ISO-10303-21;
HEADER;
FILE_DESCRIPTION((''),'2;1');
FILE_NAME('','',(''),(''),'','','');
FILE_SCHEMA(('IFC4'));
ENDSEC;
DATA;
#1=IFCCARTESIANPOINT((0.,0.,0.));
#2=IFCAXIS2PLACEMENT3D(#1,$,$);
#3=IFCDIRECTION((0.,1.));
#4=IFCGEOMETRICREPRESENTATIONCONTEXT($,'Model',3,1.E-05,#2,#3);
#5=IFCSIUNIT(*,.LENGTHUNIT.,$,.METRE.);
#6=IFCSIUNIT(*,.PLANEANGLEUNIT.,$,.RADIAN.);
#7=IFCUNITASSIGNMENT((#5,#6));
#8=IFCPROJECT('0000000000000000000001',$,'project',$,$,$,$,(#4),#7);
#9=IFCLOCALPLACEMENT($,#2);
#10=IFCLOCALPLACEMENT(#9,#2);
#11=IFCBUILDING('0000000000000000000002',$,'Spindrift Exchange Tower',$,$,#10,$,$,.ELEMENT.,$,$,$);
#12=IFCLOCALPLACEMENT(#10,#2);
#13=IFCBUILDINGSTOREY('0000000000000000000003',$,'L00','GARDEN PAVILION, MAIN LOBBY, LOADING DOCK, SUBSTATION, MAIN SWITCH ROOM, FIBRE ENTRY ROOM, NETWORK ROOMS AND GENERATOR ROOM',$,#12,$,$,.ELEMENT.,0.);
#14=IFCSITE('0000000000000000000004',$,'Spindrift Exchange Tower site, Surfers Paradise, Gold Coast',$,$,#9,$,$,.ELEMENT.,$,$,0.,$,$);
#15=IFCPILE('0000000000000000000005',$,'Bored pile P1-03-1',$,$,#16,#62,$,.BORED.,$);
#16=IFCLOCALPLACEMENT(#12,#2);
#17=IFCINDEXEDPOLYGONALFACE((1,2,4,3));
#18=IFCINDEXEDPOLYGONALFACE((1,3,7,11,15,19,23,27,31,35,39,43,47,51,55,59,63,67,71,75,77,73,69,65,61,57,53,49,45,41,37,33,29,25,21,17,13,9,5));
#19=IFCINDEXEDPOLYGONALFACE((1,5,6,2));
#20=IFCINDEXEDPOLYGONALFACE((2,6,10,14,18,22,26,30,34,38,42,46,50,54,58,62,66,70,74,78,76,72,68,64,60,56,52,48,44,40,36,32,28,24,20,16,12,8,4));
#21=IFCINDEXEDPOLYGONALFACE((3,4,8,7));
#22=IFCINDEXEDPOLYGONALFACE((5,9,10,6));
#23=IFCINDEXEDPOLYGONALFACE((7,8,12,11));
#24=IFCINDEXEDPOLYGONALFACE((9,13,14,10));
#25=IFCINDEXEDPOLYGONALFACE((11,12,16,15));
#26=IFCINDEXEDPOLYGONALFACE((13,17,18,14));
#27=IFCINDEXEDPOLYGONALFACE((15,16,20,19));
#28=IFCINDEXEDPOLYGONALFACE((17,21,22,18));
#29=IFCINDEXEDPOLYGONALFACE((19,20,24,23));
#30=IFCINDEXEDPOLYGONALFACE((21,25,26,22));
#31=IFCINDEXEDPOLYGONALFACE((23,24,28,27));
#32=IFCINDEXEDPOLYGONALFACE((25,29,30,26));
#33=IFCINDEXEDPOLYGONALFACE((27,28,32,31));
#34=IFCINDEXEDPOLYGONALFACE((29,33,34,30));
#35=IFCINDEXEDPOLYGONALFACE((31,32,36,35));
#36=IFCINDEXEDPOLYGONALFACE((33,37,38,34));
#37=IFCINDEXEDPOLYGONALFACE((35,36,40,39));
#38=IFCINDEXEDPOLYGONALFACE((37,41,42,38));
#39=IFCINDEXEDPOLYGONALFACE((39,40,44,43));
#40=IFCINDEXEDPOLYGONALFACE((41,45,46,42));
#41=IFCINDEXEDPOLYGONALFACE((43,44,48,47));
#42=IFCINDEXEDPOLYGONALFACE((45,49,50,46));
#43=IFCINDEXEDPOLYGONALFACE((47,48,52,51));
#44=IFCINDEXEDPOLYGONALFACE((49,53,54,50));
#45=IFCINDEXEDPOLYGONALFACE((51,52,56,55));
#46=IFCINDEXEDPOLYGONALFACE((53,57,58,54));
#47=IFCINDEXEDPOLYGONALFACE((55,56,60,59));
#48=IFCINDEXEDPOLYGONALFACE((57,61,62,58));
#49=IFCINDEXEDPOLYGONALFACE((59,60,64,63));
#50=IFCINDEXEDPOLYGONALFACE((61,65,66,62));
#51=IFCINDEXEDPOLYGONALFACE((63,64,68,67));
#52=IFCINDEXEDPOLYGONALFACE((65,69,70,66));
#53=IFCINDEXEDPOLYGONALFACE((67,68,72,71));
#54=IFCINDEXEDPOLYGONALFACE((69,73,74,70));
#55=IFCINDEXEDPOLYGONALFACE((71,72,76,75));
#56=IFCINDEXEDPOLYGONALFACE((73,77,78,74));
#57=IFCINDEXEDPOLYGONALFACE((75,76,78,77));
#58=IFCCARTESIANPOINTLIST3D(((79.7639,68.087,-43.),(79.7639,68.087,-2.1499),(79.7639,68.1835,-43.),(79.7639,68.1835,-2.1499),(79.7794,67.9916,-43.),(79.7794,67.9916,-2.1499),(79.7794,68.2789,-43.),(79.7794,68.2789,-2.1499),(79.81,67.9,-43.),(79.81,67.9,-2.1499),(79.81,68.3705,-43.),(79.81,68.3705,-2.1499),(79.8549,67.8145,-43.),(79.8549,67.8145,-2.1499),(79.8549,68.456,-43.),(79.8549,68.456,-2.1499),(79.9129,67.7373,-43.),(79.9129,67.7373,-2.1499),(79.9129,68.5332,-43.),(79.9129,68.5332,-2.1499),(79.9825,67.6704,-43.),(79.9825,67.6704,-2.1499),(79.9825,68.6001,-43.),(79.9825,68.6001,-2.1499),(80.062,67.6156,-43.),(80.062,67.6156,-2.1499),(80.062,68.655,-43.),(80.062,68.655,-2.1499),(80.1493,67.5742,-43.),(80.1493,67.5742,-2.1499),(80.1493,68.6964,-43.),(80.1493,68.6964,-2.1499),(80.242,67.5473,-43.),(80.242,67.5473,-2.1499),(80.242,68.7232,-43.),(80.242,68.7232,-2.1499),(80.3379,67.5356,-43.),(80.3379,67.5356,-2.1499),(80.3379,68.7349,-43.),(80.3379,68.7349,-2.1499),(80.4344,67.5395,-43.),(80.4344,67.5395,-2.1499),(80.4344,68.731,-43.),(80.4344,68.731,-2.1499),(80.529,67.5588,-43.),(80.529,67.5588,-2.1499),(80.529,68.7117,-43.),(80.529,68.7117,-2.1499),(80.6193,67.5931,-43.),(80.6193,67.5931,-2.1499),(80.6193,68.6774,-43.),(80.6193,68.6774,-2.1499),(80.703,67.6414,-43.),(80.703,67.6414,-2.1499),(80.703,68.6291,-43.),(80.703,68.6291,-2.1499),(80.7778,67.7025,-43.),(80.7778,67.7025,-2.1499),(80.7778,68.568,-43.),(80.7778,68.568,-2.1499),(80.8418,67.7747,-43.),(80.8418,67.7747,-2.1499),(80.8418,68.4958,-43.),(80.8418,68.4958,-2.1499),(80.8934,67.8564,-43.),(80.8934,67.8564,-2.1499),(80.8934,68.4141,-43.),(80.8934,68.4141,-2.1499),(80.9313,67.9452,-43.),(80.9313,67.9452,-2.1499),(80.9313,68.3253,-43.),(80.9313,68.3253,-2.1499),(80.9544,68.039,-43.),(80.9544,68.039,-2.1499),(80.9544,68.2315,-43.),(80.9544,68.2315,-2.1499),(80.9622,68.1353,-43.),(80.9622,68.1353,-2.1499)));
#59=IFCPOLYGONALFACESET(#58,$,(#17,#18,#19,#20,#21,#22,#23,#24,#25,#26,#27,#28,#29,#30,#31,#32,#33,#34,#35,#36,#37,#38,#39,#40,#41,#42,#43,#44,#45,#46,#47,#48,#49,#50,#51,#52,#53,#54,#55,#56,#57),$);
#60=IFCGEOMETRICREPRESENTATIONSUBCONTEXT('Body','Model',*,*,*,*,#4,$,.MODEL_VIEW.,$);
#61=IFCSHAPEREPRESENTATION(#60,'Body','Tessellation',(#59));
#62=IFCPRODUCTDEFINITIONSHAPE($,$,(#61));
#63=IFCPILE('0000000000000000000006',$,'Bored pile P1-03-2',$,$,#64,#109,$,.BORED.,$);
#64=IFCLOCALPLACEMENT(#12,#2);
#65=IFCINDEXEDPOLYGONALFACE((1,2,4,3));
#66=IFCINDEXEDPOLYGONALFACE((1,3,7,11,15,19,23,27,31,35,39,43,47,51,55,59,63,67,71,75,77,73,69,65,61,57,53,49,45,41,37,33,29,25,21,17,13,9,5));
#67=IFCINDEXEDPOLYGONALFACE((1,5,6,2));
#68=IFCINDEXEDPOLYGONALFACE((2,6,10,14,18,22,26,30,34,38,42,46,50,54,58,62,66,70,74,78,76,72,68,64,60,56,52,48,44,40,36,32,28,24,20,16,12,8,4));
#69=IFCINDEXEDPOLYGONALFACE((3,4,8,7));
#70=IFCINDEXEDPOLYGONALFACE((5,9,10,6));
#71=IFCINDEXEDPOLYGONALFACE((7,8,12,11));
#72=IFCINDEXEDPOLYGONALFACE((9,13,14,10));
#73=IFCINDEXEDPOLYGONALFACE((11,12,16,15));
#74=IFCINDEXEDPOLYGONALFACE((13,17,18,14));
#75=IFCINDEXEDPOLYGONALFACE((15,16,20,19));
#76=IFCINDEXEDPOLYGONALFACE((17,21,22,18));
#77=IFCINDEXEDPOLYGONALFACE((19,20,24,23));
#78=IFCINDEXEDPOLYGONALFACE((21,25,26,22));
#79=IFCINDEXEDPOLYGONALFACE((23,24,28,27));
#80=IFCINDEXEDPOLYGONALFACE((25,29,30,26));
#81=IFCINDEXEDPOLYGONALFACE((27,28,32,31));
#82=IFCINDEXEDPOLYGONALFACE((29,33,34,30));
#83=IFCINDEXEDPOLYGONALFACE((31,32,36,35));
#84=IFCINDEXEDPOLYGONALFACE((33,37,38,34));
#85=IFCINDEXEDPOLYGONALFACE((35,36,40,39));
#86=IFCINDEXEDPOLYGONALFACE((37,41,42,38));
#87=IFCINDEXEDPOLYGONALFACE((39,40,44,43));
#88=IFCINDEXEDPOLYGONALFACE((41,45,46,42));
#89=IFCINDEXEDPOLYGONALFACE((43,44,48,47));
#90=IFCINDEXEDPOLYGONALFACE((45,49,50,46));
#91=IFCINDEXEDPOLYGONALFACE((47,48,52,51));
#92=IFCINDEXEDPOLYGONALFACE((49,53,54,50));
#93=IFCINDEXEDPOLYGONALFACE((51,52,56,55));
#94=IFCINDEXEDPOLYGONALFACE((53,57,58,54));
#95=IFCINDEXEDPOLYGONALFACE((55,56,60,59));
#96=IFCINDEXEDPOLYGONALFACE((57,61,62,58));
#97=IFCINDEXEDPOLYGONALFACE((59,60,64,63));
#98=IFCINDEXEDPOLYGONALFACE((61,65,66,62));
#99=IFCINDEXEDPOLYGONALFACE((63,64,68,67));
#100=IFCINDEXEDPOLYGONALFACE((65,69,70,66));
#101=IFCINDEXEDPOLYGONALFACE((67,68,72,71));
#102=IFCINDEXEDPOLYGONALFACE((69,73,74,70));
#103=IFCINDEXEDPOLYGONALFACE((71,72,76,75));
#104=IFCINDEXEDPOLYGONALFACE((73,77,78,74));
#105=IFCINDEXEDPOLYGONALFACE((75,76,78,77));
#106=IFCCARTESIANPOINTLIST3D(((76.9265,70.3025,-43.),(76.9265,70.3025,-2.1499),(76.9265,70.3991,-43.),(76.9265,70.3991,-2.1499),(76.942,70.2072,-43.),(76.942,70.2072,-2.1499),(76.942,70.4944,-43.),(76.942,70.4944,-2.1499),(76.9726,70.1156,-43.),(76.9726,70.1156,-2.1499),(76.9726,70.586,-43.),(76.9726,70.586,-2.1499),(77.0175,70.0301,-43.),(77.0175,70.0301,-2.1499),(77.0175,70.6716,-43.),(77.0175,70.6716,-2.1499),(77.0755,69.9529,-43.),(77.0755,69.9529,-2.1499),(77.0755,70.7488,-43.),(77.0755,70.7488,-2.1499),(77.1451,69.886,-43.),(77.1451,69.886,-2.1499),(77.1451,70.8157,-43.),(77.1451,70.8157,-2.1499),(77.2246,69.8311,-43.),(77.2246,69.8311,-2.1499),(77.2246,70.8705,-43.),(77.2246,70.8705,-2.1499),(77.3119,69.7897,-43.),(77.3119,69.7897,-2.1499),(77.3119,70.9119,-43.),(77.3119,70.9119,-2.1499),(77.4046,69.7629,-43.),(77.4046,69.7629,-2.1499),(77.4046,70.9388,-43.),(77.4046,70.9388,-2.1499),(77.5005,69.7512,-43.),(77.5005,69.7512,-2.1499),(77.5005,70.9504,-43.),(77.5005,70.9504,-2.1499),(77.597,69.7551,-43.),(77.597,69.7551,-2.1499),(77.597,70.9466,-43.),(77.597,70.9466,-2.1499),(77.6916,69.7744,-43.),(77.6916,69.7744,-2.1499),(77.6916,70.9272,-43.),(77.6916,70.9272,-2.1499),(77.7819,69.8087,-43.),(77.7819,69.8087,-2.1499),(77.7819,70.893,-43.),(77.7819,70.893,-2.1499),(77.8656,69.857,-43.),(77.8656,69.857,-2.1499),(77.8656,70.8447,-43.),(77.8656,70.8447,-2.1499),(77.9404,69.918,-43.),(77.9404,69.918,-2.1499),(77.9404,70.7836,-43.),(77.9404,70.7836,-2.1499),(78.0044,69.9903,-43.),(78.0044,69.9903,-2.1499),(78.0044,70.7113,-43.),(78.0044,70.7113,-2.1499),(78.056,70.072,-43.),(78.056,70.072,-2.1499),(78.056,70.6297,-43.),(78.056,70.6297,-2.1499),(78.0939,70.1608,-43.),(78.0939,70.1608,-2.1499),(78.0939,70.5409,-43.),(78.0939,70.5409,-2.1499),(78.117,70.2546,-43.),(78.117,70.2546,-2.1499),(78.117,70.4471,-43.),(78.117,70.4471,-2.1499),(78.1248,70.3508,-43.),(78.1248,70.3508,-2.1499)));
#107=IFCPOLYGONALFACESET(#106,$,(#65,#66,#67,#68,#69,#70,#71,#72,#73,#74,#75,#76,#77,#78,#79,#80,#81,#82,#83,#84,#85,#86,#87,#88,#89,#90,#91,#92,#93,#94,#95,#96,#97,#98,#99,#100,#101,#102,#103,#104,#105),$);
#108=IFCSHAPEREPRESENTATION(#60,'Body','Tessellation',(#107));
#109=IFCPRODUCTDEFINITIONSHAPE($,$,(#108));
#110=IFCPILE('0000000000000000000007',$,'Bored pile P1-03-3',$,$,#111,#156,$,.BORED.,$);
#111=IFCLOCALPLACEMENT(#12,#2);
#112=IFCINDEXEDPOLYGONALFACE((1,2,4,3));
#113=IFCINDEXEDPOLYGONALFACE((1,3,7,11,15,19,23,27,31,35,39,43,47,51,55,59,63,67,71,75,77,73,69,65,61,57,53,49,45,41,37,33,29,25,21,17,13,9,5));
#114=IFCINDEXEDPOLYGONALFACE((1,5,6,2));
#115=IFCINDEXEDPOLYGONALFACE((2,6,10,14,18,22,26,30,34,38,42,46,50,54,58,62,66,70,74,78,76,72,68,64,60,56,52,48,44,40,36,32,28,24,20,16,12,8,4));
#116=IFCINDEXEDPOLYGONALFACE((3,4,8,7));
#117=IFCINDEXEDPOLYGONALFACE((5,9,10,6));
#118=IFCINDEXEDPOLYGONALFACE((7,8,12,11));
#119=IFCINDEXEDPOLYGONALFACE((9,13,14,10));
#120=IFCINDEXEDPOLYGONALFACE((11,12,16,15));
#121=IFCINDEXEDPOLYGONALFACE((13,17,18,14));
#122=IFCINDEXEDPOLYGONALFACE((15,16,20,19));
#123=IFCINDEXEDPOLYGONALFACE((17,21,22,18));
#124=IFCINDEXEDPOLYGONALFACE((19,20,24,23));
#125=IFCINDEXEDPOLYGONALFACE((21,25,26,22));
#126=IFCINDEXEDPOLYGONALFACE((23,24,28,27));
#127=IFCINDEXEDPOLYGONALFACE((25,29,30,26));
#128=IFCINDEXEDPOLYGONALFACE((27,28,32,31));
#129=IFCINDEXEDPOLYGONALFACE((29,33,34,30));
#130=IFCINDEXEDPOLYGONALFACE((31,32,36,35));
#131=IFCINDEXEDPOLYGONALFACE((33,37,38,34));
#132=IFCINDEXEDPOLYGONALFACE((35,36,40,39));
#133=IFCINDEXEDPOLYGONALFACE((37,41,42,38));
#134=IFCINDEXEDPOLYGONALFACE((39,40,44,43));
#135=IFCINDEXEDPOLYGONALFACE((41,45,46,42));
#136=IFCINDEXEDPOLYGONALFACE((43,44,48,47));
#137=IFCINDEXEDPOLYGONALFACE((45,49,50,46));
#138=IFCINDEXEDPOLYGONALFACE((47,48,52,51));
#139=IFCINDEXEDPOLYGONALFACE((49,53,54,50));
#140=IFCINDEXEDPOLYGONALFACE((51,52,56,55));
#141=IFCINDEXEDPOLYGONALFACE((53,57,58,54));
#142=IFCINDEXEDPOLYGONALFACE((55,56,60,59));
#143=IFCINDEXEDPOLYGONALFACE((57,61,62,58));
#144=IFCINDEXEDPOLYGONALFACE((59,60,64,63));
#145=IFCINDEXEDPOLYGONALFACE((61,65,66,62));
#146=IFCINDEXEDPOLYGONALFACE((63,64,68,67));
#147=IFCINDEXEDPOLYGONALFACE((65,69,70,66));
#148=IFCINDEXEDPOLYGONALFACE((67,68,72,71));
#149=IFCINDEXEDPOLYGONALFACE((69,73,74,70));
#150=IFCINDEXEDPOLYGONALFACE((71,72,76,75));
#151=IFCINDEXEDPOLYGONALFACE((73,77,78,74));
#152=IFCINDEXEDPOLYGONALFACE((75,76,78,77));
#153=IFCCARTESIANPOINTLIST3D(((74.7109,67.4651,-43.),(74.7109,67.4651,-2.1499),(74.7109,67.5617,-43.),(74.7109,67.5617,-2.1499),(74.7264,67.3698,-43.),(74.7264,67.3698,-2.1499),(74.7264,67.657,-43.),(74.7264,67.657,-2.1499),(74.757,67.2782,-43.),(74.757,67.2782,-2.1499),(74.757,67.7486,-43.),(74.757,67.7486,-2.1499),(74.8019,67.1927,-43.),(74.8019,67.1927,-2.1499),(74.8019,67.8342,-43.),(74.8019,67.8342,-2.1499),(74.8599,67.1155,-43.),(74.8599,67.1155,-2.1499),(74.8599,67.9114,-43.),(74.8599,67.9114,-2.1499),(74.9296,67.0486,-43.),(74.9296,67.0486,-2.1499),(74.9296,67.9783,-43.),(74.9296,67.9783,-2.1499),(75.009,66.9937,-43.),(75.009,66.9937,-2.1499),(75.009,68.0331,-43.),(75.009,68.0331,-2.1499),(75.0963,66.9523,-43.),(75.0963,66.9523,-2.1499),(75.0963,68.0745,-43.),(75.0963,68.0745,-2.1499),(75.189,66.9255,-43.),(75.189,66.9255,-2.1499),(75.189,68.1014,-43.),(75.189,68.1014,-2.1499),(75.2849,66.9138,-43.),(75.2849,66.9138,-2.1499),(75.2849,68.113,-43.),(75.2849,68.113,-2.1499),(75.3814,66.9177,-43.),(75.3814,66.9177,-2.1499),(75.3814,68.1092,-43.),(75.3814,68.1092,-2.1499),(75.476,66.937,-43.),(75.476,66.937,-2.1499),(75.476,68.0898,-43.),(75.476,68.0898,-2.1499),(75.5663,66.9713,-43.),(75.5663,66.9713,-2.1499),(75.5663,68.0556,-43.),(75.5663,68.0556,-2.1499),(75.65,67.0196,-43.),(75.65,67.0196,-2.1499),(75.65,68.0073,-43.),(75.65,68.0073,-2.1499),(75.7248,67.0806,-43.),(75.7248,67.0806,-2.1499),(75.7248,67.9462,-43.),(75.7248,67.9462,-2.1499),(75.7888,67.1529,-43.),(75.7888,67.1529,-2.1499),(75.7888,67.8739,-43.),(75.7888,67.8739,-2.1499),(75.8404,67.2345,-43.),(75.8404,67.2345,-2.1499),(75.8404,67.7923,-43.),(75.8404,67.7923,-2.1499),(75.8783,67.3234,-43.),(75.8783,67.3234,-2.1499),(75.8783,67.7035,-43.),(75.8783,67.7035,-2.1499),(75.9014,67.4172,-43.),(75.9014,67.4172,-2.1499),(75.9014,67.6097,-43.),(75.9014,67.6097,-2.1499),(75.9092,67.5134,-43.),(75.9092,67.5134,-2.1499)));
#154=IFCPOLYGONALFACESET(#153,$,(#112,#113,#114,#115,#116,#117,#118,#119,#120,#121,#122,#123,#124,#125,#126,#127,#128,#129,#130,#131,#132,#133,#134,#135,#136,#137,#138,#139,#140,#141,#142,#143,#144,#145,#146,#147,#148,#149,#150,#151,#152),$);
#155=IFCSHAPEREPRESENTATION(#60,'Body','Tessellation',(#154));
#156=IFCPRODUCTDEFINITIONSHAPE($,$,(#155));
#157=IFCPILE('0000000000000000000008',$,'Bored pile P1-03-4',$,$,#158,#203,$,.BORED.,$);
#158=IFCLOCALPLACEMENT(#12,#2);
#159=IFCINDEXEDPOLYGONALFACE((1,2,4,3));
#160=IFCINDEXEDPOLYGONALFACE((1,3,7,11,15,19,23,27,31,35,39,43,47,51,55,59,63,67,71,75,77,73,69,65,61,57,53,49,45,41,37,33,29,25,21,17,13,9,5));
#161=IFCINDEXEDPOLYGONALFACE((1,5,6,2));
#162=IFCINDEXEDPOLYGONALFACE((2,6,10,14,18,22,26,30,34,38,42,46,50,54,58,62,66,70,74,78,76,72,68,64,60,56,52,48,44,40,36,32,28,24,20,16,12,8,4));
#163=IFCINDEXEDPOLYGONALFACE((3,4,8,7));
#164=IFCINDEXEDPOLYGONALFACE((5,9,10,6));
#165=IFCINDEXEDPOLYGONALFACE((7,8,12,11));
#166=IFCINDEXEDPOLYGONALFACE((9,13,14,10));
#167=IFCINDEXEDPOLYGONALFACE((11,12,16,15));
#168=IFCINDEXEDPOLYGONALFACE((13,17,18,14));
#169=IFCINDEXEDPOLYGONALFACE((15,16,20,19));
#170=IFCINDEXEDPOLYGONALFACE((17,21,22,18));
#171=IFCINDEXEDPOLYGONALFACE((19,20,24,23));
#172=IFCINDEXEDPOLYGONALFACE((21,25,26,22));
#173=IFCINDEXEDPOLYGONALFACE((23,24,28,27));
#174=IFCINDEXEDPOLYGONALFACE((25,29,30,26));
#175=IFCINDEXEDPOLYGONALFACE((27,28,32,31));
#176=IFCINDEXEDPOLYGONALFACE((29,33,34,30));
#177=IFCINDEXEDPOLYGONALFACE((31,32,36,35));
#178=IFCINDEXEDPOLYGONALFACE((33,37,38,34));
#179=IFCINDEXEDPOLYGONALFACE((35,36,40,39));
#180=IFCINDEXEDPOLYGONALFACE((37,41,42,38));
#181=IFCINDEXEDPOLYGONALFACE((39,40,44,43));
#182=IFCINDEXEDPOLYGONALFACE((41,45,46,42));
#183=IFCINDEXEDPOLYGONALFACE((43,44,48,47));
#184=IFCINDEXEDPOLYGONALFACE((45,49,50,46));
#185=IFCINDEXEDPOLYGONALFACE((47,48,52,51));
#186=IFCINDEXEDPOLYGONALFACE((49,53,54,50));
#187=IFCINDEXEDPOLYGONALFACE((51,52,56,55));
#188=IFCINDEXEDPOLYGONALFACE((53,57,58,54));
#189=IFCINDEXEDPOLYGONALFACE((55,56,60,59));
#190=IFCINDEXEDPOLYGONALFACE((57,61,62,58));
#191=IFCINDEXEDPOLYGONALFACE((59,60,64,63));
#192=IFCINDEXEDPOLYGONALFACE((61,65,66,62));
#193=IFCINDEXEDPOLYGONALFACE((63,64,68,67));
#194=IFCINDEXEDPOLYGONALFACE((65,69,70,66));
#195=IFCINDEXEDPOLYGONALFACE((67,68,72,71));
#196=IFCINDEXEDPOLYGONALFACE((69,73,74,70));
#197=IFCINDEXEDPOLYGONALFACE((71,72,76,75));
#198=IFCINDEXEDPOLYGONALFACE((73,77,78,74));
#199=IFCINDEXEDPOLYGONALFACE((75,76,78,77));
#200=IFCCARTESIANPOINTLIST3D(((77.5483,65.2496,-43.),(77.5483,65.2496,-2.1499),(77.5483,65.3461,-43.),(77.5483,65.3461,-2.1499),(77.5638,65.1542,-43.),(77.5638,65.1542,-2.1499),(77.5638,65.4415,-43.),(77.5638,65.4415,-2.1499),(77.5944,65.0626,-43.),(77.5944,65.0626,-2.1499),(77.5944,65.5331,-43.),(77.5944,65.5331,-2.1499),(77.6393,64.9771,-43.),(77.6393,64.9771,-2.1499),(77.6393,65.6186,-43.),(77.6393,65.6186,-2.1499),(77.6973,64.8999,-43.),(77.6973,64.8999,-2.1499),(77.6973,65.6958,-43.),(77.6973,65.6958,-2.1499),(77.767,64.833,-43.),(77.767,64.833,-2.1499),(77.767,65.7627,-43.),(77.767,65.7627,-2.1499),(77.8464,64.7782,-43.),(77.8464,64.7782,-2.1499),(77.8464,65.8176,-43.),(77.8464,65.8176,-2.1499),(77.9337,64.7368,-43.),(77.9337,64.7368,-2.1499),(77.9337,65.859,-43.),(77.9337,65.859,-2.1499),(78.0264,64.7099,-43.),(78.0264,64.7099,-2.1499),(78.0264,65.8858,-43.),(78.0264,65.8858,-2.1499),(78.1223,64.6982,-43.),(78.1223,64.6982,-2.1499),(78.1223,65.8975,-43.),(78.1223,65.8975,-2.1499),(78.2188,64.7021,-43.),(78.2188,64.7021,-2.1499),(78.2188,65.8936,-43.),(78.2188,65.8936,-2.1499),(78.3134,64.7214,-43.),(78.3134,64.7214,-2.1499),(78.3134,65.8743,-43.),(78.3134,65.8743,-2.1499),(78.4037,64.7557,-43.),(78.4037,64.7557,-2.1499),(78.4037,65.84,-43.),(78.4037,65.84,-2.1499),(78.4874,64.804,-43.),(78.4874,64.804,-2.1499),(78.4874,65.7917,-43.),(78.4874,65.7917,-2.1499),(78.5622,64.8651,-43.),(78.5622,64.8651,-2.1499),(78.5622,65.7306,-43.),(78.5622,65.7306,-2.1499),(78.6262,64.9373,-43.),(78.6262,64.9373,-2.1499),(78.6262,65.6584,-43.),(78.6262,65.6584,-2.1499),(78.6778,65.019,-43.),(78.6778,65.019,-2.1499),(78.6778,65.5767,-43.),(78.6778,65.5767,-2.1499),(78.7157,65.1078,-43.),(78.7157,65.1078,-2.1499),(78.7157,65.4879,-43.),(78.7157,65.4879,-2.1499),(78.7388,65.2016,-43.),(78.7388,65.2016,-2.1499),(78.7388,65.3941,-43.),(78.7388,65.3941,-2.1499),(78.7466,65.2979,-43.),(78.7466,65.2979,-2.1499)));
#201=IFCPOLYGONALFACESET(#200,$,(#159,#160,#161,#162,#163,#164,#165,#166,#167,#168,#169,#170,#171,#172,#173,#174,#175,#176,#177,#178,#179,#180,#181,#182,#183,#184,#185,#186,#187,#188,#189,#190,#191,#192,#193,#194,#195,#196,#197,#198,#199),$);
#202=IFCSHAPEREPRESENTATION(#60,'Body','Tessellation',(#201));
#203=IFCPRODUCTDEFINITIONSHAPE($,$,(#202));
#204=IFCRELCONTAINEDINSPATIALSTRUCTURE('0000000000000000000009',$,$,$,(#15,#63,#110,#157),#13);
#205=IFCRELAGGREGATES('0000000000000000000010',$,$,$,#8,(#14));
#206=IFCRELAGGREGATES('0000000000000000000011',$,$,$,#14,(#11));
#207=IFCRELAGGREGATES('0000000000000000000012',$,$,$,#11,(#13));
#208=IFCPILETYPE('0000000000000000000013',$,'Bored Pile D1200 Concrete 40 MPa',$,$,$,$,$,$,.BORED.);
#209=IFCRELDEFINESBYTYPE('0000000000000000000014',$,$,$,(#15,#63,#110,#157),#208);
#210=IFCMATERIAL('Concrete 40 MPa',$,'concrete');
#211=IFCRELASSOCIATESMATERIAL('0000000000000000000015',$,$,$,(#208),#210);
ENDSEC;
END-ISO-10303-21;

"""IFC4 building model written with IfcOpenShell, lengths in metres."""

from ifc_helpers import new_model, si_unit, direction, frame, origin, origin_2d, place, context, subcontext, project, spatial, circle, extrude, source, transform, mapped, material, material_profile, profile_set, type_object, element, save


model = new_model("IFC4")

# Units and contexts
model_context = context("Model", 3, precision=1e-05, world=origin(), true_north=direction((0.0, 1.0)))
body_context = subcontext(model_context, "Body", "Model", "MODEL_VIEW")
ifc_project = project(units=[si_unit("LENGTHUNIT", "METRE"), si_unit("PLANEANGLEUNIT", "RADIAN")], contexts=[model_context])

# Site, building, storey
site_placement = place(None, origin())
site = spatial("IfcSite", under=ifc_project, at=site_placement, Name="Spindrift Exchange Tower site, Surfers Paradise, Gold Coast", CompositionType="ELEMENT", RefElevation=0.0)
building_placement = place(site_placement, origin())
building = spatial("IfcBuilding", under=site, at=building_placement, Name="Spindrift Exchange Tower", CompositionType="ELEMENT")
storey_placement = place(building_placement, origin())
storey = spatial("IfcBuildingStorey", under=building, at=storey_placement, Name="L00", Description="GARDEN PAVILION, MAIN LOBBY, LOADING DOCK, SUBSTATION, MAIN SWITCH ROOM, FIBRE ENTRY ROOM, NETWORK ROOMS AND GENERATOR ROOM", CompositionType="ELEMENT", Elevation=0.0)

# Piles
ifc_material_1 = material(Name="Concrete 40 MPa", Category="concrete")
ifc_material_profile_1 = material_profile(ifc_material_1, circle(Radius=0.6001, at=origin_2d()), Name="BP D1200")
ifc_profile_set_1 = profile_set([ifc_material_profile_1], Name="Concrete 40 MPa")
pile_type_1 = type_object("IfcPileType", Name="Bored Pile D1200 Concrete 40 MPa", PredefinedType="BORED", material=ifc_profile_set_1)
shared_shape_1 = source(origin(), body_context, "Body", "SweptSolid", [
    extrude(circle(Radius=0.6001, at=origin_2d()), origin(), (0.0, 0.0, 1.0), 40.8501),
])
for number, where, z_axis, x_axis, name in (
    (1, (80.3621, 68.1353, -2.1499), (0.0, 0.0, -1.0), (1.0, 0.0, 0.0), "Bored pile P1-03-1"),
    (2, (77.5247, 70.3508, -2.1499), (0.0, 0.0, -1.0), (1.0, 0.0, 0.0), "Bored pile P1-03-2"),
    (3, (75.3091, 67.5134, -2.1499), (0.0, 0.0, -1.0), (1.0, 0.0, 0.0), "Bored pile P1-03-3"),
    (4, (78.1465, 65.2979, -2.1499), (0.0, 0.0, -1.0), (1.0, 0.0, 0.0), "Bored pile P1-03-4"),
):
    element("IfcPile", number, at=place(storey_placement, frame(where, z_axis=z_axis, x_axis=x_axis)), inside=storey, type_object=pile_type_1, Name=name, PredefinedType="BORED", context=body_context, shape_type="MappedRepresentation", body=[
        mapped(shared_shape_1, transform((0.0, 0.0, 0.0), scale=1.0)),
    ])

save(model, "model.ifc")
